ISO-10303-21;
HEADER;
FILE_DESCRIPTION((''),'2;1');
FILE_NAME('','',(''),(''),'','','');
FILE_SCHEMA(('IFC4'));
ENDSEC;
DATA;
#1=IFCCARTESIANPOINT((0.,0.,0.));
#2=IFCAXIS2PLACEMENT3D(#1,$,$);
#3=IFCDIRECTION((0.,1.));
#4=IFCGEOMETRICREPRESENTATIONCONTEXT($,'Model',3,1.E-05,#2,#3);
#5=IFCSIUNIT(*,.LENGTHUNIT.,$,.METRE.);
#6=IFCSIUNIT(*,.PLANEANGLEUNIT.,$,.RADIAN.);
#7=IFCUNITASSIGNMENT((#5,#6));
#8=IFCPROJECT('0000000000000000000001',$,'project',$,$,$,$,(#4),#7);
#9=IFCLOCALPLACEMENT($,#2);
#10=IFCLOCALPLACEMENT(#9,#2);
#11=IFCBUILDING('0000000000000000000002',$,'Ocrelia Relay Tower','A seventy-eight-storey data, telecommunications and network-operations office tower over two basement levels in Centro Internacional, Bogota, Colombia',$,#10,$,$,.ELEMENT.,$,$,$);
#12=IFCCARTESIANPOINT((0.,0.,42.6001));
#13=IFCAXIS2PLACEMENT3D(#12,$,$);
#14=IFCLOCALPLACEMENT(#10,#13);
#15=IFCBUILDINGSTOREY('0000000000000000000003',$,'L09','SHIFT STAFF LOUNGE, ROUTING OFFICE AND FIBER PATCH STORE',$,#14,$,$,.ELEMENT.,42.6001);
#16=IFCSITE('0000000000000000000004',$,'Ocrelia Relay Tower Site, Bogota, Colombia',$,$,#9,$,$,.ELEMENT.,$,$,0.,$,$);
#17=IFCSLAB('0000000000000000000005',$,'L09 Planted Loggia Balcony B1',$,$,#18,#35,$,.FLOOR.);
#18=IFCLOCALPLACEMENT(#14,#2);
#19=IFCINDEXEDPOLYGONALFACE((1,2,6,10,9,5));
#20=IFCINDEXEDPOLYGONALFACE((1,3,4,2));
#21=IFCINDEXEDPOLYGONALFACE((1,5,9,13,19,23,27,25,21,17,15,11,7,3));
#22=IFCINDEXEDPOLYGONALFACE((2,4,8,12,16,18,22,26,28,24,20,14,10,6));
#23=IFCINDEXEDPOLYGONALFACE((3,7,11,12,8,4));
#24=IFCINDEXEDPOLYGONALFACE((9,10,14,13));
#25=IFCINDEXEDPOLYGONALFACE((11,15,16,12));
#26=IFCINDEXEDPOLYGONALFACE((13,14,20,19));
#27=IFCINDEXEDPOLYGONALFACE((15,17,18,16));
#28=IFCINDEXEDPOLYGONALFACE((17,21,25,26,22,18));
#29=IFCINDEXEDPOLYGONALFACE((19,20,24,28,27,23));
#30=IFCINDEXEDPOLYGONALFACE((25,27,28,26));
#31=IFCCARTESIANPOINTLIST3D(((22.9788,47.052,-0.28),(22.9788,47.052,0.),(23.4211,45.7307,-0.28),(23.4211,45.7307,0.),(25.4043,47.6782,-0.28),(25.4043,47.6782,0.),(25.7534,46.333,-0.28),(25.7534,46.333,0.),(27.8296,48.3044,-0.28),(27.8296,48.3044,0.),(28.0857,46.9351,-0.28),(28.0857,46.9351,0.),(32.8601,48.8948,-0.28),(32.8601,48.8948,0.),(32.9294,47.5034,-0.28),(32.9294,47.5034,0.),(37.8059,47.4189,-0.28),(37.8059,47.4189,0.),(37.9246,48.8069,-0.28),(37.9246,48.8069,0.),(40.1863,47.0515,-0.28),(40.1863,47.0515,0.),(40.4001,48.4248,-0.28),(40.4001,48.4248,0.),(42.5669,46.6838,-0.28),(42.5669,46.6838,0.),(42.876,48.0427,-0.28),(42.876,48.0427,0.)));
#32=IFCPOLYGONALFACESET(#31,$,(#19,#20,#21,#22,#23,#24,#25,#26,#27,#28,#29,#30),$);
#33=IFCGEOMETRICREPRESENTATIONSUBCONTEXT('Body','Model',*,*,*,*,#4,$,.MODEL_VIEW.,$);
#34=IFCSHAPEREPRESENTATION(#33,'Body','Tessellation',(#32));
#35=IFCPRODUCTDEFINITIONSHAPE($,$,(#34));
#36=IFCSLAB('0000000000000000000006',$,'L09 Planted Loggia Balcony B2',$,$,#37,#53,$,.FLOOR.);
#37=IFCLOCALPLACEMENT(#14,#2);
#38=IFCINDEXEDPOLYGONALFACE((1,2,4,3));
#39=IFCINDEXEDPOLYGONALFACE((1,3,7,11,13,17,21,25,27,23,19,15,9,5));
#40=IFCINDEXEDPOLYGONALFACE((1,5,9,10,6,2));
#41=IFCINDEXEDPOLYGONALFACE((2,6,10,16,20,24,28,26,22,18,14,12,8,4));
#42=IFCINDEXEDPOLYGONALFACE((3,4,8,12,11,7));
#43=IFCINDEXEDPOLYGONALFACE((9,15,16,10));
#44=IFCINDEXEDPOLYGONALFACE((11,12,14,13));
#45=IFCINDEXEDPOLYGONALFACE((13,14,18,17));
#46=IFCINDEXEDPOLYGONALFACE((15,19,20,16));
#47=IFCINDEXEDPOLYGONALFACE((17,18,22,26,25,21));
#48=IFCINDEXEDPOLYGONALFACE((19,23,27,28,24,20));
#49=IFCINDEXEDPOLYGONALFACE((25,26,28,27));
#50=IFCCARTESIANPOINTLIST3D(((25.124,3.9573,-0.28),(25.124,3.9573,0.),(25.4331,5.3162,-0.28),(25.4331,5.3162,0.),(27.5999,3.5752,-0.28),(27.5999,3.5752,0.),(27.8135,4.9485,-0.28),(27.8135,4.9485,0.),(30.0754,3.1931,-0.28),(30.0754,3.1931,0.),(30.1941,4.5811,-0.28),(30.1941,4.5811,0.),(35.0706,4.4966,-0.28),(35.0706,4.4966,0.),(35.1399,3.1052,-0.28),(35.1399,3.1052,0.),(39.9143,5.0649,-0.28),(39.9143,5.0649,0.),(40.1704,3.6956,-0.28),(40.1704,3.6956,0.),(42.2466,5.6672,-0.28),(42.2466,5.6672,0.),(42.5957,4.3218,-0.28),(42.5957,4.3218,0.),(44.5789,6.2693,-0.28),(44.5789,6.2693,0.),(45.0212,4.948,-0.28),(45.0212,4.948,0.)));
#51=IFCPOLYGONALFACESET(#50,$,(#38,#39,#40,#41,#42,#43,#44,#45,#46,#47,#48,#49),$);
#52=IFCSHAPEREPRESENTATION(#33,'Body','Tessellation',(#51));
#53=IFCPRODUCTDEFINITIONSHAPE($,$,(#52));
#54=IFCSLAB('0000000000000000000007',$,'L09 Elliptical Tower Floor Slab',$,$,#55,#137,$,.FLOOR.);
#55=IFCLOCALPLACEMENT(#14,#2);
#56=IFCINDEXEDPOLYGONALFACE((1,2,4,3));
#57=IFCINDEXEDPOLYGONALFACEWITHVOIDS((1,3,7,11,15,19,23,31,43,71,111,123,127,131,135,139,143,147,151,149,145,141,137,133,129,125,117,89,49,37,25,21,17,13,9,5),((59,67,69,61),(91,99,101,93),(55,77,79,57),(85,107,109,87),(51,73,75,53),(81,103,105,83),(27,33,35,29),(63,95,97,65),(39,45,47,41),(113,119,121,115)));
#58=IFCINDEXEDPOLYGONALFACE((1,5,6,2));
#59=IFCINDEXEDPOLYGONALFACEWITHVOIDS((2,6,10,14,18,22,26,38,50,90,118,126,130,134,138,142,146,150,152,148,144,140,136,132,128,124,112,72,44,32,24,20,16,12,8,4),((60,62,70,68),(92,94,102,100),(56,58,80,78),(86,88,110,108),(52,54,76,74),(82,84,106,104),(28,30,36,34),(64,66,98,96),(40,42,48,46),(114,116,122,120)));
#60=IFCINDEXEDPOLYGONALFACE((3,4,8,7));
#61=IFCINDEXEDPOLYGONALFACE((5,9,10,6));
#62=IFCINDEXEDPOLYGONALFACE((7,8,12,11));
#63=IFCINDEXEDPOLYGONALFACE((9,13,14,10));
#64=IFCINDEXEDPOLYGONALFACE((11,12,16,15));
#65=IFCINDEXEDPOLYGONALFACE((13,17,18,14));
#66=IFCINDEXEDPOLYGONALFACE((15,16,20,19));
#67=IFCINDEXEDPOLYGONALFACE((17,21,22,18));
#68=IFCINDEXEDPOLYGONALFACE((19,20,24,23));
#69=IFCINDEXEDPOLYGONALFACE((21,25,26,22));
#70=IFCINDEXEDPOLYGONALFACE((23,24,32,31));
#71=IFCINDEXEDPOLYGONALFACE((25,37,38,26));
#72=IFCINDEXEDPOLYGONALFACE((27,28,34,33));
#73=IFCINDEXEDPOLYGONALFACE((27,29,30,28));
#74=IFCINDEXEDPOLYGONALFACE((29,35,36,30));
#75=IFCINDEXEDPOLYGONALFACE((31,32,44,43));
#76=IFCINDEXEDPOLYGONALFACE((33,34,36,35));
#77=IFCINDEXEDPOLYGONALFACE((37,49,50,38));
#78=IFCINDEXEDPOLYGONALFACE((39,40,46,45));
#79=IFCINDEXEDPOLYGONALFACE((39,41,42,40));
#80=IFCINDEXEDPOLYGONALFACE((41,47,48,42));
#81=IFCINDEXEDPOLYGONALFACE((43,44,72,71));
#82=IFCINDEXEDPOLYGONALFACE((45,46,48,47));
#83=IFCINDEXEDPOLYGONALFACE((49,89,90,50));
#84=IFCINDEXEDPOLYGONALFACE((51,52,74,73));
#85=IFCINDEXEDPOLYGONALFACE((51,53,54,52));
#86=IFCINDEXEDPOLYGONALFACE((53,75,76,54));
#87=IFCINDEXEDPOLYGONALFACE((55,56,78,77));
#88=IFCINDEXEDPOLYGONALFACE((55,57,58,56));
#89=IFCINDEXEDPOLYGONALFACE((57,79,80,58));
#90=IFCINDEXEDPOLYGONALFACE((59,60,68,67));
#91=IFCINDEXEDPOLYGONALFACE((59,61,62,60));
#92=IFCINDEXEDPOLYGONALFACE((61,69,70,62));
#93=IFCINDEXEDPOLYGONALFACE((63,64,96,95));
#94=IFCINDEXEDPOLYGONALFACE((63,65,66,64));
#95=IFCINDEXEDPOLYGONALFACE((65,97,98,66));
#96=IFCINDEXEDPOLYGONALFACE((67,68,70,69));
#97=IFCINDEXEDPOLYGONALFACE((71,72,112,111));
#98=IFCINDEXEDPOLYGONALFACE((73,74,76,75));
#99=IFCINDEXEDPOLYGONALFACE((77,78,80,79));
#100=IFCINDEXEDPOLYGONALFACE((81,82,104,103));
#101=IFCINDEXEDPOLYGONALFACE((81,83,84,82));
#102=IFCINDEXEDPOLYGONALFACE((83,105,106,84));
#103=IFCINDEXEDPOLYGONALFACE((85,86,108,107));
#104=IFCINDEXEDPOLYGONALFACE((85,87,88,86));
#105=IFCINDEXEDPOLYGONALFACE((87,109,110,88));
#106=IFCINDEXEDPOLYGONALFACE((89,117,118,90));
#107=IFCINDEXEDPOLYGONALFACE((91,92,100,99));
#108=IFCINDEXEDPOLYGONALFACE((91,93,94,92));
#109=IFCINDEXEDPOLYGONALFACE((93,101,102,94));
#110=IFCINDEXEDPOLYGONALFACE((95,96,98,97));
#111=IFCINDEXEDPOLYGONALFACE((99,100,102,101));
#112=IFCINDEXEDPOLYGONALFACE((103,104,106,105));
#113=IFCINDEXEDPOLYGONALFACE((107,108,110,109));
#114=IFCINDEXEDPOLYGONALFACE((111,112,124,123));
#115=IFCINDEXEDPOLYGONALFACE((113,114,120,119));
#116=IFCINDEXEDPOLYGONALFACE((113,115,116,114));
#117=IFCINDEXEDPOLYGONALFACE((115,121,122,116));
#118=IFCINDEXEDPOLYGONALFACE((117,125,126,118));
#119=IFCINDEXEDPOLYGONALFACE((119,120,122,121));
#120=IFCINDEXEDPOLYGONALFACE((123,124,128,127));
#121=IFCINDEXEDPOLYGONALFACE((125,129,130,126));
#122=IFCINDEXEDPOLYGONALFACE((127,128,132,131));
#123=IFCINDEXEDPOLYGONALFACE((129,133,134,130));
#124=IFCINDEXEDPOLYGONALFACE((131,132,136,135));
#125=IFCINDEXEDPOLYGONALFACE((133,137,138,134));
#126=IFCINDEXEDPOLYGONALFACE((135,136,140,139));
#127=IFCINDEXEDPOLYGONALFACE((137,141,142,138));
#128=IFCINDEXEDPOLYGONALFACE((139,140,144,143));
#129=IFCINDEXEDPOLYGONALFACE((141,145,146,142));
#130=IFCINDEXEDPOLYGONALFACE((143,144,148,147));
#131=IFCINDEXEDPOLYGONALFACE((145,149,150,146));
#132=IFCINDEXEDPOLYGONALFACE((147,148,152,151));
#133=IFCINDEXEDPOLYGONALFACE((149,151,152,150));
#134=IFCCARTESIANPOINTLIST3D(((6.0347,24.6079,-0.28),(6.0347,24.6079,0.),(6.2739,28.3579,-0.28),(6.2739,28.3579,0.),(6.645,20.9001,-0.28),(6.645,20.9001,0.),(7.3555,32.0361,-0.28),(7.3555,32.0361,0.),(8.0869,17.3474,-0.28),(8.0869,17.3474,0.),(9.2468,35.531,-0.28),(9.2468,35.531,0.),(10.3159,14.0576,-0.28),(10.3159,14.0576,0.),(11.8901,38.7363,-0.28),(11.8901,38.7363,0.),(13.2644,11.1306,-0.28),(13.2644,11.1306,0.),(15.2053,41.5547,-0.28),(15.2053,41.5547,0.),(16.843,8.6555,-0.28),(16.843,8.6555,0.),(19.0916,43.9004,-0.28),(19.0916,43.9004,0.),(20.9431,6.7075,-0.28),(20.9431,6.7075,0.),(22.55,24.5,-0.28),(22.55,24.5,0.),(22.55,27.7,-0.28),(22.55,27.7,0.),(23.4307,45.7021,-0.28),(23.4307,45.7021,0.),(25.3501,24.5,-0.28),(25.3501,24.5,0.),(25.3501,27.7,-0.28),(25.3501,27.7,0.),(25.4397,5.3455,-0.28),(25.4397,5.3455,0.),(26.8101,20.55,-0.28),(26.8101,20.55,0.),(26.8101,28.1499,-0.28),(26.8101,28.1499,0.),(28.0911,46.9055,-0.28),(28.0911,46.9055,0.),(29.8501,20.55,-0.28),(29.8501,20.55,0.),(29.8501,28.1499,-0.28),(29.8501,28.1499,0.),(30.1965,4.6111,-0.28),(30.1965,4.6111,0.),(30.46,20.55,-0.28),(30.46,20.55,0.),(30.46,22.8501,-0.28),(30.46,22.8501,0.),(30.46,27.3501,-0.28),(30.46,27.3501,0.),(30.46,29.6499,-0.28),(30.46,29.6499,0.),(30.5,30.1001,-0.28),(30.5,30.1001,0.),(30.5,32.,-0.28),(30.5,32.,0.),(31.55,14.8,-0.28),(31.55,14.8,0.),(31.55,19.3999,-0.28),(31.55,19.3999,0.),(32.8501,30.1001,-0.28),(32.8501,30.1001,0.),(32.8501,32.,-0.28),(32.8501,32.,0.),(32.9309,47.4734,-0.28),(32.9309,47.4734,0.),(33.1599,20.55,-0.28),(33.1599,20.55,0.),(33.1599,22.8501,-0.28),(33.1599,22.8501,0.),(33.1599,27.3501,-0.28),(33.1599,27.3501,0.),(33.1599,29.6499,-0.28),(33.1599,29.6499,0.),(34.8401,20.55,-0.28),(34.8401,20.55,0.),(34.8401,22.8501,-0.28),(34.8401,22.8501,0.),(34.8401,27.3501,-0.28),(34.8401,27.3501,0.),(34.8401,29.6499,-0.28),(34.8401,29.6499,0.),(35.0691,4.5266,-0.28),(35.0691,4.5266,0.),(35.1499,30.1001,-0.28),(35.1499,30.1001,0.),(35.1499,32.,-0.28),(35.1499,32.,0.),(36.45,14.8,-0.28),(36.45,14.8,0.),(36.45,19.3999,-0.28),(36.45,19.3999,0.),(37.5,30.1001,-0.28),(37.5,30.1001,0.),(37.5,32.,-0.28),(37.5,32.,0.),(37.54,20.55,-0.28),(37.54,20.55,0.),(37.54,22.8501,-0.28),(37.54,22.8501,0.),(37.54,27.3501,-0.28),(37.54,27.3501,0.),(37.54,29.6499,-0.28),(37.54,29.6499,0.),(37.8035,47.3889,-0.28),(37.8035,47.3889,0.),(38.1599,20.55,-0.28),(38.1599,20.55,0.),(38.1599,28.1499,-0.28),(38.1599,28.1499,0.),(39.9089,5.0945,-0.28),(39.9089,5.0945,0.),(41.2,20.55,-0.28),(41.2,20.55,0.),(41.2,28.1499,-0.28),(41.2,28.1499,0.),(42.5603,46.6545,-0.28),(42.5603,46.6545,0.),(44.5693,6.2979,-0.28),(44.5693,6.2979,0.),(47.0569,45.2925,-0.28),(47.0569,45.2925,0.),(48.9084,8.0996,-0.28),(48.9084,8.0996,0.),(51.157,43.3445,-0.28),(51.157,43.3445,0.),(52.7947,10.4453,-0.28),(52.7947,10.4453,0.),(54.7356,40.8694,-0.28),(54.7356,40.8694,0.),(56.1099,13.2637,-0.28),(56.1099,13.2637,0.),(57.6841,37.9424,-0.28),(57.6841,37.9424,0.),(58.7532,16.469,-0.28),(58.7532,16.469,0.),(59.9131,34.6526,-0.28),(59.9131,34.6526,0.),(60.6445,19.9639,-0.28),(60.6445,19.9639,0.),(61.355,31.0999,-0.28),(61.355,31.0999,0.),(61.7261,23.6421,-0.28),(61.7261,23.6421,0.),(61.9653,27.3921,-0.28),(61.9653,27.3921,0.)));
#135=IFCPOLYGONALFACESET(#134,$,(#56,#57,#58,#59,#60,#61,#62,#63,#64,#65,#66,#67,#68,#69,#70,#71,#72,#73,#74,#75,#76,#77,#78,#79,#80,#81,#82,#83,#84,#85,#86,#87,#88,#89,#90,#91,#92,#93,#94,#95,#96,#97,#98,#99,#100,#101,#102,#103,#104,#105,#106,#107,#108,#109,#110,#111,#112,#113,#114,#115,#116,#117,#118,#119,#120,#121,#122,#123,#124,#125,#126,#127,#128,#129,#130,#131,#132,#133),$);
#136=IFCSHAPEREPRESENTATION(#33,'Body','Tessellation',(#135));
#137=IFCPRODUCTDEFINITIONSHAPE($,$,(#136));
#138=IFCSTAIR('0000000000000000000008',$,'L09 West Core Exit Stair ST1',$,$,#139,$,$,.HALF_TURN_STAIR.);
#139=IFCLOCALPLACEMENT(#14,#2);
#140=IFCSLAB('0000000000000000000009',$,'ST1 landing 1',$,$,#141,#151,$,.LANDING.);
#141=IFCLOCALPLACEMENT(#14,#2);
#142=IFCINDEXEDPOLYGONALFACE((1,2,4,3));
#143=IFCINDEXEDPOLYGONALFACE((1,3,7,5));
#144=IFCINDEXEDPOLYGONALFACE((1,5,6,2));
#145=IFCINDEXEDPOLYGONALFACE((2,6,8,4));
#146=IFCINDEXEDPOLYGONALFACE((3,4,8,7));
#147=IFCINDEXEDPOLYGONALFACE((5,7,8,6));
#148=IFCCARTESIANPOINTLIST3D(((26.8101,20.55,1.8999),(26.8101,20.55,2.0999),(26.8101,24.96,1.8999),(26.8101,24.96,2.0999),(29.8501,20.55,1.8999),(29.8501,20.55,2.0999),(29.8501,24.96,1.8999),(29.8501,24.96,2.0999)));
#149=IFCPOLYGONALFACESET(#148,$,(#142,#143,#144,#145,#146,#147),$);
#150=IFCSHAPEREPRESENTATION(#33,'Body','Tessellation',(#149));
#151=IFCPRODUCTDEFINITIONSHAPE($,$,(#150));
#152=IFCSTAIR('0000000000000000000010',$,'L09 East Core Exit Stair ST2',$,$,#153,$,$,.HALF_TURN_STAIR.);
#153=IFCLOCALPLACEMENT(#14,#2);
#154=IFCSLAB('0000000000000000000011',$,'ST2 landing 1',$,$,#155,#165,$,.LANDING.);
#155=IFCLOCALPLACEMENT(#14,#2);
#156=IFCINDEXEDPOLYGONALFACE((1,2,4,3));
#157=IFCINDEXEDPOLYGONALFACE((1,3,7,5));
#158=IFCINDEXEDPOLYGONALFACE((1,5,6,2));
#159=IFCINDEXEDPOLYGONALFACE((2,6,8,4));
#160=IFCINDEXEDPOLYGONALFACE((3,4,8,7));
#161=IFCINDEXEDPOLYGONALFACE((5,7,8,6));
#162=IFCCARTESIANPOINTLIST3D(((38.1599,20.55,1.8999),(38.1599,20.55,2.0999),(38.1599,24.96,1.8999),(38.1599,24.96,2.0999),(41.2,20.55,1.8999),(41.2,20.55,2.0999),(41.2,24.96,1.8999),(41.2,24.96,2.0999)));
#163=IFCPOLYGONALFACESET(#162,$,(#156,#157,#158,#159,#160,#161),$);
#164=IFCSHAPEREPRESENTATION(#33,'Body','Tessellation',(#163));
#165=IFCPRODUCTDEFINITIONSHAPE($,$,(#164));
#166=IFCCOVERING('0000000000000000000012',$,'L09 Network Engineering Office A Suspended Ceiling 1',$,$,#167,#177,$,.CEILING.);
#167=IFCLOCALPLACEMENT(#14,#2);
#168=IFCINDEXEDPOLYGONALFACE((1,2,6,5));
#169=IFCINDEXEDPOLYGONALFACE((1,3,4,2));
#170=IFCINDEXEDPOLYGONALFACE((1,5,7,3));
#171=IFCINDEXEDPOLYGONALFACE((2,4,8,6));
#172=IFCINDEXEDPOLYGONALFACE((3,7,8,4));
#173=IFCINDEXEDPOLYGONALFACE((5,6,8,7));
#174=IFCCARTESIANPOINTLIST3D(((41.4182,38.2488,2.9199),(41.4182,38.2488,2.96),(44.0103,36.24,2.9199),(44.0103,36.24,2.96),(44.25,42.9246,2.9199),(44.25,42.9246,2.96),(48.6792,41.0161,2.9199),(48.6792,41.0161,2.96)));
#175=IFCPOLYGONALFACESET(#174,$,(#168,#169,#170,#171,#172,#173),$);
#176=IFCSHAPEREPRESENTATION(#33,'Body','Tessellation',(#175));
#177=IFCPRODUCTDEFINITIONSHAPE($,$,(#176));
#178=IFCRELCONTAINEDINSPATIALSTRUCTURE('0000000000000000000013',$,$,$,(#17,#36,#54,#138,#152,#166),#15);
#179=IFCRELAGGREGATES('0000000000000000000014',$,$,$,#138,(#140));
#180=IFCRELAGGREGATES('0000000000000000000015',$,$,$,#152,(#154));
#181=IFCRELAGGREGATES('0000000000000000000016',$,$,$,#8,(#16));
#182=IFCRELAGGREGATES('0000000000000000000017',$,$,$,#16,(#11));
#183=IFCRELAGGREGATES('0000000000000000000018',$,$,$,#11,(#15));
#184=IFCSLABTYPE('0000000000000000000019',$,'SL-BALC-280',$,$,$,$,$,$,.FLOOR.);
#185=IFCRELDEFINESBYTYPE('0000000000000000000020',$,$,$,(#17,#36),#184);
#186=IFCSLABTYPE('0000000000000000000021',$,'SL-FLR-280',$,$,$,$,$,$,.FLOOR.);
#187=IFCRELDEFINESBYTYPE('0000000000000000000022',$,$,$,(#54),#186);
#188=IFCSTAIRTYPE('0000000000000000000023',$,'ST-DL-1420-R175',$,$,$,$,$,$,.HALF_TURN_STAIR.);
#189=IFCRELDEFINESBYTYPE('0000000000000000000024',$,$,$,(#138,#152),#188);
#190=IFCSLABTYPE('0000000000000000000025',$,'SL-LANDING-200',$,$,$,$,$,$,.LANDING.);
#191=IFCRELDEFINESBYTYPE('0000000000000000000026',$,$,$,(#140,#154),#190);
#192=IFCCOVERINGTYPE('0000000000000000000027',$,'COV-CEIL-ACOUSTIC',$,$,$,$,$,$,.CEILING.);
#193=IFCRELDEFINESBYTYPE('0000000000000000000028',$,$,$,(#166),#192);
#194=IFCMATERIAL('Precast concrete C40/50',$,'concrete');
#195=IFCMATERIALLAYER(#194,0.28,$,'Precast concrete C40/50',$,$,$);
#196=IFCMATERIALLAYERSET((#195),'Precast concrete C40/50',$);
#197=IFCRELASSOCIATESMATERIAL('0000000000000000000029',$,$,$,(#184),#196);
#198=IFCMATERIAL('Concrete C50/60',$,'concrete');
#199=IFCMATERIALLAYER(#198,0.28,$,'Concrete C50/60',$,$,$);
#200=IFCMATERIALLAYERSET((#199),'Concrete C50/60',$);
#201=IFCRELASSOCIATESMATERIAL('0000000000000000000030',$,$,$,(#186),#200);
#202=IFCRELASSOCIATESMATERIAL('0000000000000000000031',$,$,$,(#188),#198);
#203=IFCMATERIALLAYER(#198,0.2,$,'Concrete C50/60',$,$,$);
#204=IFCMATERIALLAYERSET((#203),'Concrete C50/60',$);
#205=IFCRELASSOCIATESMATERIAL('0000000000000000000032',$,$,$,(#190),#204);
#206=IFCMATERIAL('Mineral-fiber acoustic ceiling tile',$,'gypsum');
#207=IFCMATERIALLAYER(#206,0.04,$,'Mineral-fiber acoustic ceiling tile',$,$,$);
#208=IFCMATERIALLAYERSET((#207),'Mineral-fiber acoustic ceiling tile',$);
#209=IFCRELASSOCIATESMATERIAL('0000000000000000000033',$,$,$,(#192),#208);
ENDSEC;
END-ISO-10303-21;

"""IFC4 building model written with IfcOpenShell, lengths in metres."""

from ifc_helpers import new_model, si_unit, direction, frame, origin, place, context, subcontext, project, spatial, polyline, outline, extrude, material, layer, layer_set, type_object, element, aggregate, save


model = new_model("IFC4")

# Units and contexts
model_context = context("Model", 3, precision=1e-05, world=origin(), true_north=direction((0.0, 1.0)))
body_context = subcontext(model_context, "Body", "Model", "MODEL_VIEW")
ifc_project = project(units=[si_unit("LENGTHUNIT", "METRE"), si_unit("PLANEANGLEUNIT", "RADIAN")], contexts=[model_context])

# Site, building, storey
site_placement = place(None, origin())
site = spatial("IfcSite", under=ifc_project, at=site_placement, Name="Ocrelia Relay Tower Site, Bogota, Colombia", CompositionType="ELEMENT", RefElevation=0.0)
building_placement = place(site_placement, origin())
building = spatial("IfcBuilding", under=site, at=building_placement, Name="Ocrelia Relay Tower", Description="A seventy-eight-storey data, telecommunications and network-operations office tower over two basement levels in Centro Internacional, Bogota, Colombia", CompositionType="ELEMENT")
storey_placement = place(building_placement, frame((0.0, 0.0, 42.6001)))
storey = spatial("IfcBuildingStorey", under=building, at=storey_placement, Name="L09", Description="SHIFT STAFF LOUNGE, ROUTING OFFICE AND FIBER PATCH STORE", CompositionType="ELEMENT", Elevation=42.6001)

# Slabs
ifc_material_1 = material(Name="Precast concrete C40/50", Category="concrete")
ifc_layer_1 = layer(ifc_material_1, 0.28, Name="Precast concrete C40/50")
ifc_layer_set_1 = layer_set([ifc_layer_1], Name="Precast concrete C40/50")
slab_type_1 = type_object("IfcSlabType", Name="SL-BALC-280", PredefinedType="FLOOR", material=ifc_layer_set_1)
slab_1_placement = place(storey_placement, frame((0.0, 0.0, -0.28)))
element("IfcSlab", 1, at=slab_1_placement, inside=storey, type_object=slab_type_1, Name="L09 Planted Loggia Balcony B1", PredefinedType="FLOOR", context=body_context, shape_type="SweptSolid", body=[
    extrude(outline(polyline([(42.5669, 46.6838), (40.1863, 47.0515), (37.8059, 47.4189), (32.9294, 47.5034), (28.0857, 46.9351), (25.7534, 46.333), (23.4211, 45.7307), (22.9788, 47.052), (25.4043, 47.6782), (27.8296, 48.3044), (32.8601, 48.8948), (37.9246, 48.8069), (40.4001, 48.4248), (42.876, 48.0427), (42.5669, 46.6838)])), origin(), (0.0, 0.0, 1.0), 0.28),
])
slab_2_placement = place(storey_placement, frame((0.0, 0.0, -0.28)))
element("IfcSlab", 2, at=slab_2_placement, inside=storey, type_object=slab_type_1, Name="L09 Planted Loggia Balcony B2", PredefinedType="FLOOR", context=body_context, shape_type="SweptSolid", body=[
    extrude(outline(polyline([(25.4331, 5.3162), (27.8135, 4.9485), (30.1941, 4.5811), (35.0706, 4.4966), (39.9143, 5.0649), (42.2466, 5.6672), (44.5789, 6.2693), (45.0212, 4.948), (42.5957, 4.3218), (40.1704, 3.6956), (35.1399, 3.1052), (30.0754, 3.1931), (27.5999, 3.5752), (25.124, 3.9573), (25.4331, 5.3162)])), origin(), (0.0, 0.0, 1.0), 0.28),
])
ifc_material_2 = material(Name="Concrete C50/60", Category="concrete")
ifc_layer_2 = layer(ifc_material_2, 0.28, Name="Concrete C50/60")
ifc_layer_set_2 = layer_set([ifc_layer_2], Name="Concrete C50/60")
slab_type_2 = type_object("IfcSlabType", Name="SL-FLR-280", PredefinedType="FLOOR", material=ifc_layer_set_2)
slab_3_placement = place(storey_placement, frame((0.0, 0.0, -0.28)))
element("IfcSlab", 3, at=slab_3_placement, inside=storey, type_object=slab_type_2, Name="L09 Elliptical Tower Floor Slab", PredefinedType="FLOOR", context=body_context, shape_type="SweptSolid", body=[
    extrude(outline(polyline([(61.9653, 27.3921), (61.355, 31.0999), (59.9131, 34.6526), (57.6841, 37.9424), (54.7356, 40.8694), (51.157, 43.3445), (47.0569, 45.2925), (42.5603, 46.6545), (37.8035, 47.3889), (32.9309, 47.4734), (28.0911, 46.9055), (23.4307, 45.7021), (19.0916, 43.9004), (15.2053, 41.5547), (11.8901, 38.7363), (9.2468, 35.531), (7.3555, 32.0361), (6.2739, 28.3579), (6.0347, 24.6079), (6.645, 20.9001), (8.0869, 17.3474), (10.3159, 14.0576), (13.2644, 11.1306), (16.843, 8.6555), (20.9431, 6.7075), (25.4397, 5.3455), (30.1965, 4.6111), (35.0691, 4.5266), (39.9089, 5.0945), (44.5693, 6.2979), (48.9084, 8.0996), (52.7947, 10.4453), (56.1099, 13.2637), (58.7532, 16.469), (60.6445, 19.9639), (61.7261, 23.6421), (61.9653, 27.3921)]), holes=[polyline([(26.8101, 28.1499), (26.8101, 20.55), (29.8501, 20.55), (29.8501, 28.1499), (26.8101, 28.1499)]), polyline([(38.1599, 28.1499), (38.1599, 20.55), (41.2, 20.55), (41.2, 28.1499), (38.1599, 28.1499)]), polyline([(30.46, 20.55), (33.1599, 20.55), (33.1599, 22.8501), (30.46, 22.8501), (30.46, 20.55)]), polyline([(34.8401, 20.55), (37.54, 20.55), (37.54, 22.8501), (34.8401, 22.8501), (34.8401, 20.55)]), polyline([(30.46, 27.3501), (33.1599, 27.3501), (33.1599, 29.6499), (30.46, 29.6499), (30.46, 27.3501)]), polyline([(34.8401, 27.3501), (37.54, 27.3501), (37.54, 29.6499), (34.8401, 29.6499), (34.8401, 27.3501)]), polyline([(30.5, 30.1001), (32.8501, 30.1001), (32.8501, 32.0), (30.5, 32.0), (30.5, 30.1001)]), polyline([(35.1499, 30.1001), (37.5, 30.1001), (37.5, 32.0), (35.1499, 32.0), (35.1499, 30.1001)]), polyline([(22.55, 24.5), (25.3501, 24.5), (25.3501, 27.7), (22.55, 27.7), (22.55, 24.5)]), polyline([(31.55, 14.8), (36.45, 14.8), (36.45, 19.3999), (31.55, 19.3999), (31.55, 14.8)])]), origin(), (0.0, 0.0, 1.0), 0.28),
])

# Stairs, slabs
stair_type = type_object("IfcStairType", Name="ST-DL-1420-R175", PredefinedType="HALF_TURN_STAIR", material=ifc_material_2)
stair_1_placement = place(storey_placement, origin())
stair_1 = element("IfcStair", 4, at=stair_1_placement, inside=storey, type_object=stair_type, Name="L09 West Core Exit Stair ST1", PredefinedType="HALF_TURN_STAIR")
ifc_layer_3 = layer(ifc_material_2, 0.2, Name="Concrete C50/60")
ifc_layer_set_3 = layer_set([ifc_layer_3], Name="Concrete C50/60")
slab_type_3 = type_object("IfcSlabType", Name="SL-LANDING-200", PredefinedType="LANDING", material=ifc_layer_set_3)
slab_4_placement = place(storey_placement, frame((0.0, 0.0, 1.8999)))
slab_4 = element("IfcSlab", 5, at=slab_4_placement, type_object=slab_type_3, Name="ST1 landing 1", PredefinedType="LANDING", context=body_context, shape_type="SweptSolid", body=[
    extrude(outline(polyline([(26.8101, 24.96), (26.8101, 20.55), (29.8501, 20.55), (29.8501, 24.96), (26.8101, 24.96)])), origin(), (0.0, 0.0, 1.0), 0.2),
])
aggregate(stair_1, [slab_4])
stair_2_placement = place(storey_placement, origin())
stair_2 = element("IfcStair", 6, at=stair_2_placement, inside=storey, type_object=stair_type, Name="L09 East Core Exit Stair ST2", PredefinedType="HALF_TURN_STAIR")
slab_5_placement = place(storey_placement, frame((0.0, 0.0, 1.8999)))
slab_5 = element("IfcSlab", 7, at=slab_5_placement, type_object=slab_type_3, Name="ST2 landing 1", PredefinedType="LANDING", context=body_context, shape_type="SweptSolid", body=[
    extrude(outline(polyline([(38.1599, 24.96), (38.1599, 20.55), (41.2, 20.55), (41.2, 24.96), (38.1599, 24.96)])), origin(), (0.0, 0.0, 1.0), 0.2),
])
aggregate(stair_2, [slab_5])

# Covering
ifc_material_3 = material(Name="Mineral-fiber acoustic ceiling tile", Category="gypsum")
ifc_layer_4 = layer(ifc_material_3, 0.04, Name="Mineral-fiber acoustic ceiling tile")
ifc_layer_set_4 = layer_set([ifc_layer_4], Name="Mineral-fiber acoustic ceiling tile")
covering_type_1 = type_object("IfcCoveringType", Name="COV-CEIL-ACOUSTIC", PredefinedType="CEILING", material=ifc_layer_set_4)
covering_1_placement = place(storey_placement, frame((0.0, 0.0, 2.9199)))
element("IfcCovering", 8, at=covering_1_placement, inside=storey, type_object=covering_type_1, Name="L09 Network Engineering Office A Suspended Ceiling 1", PredefinedType="CEILING", context=body_context, shape_type="SweptSolid", body=[
    extrude(outline(polyline([(44.0103, 36.24), (48.6792, 41.0161), (44.25, 42.9246), (41.4182, 38.2488), (44.0103, 36.24)])), origin(), (0.0, 0.0, 1.0), 0.04),
])

save(model, "model.ifc")
